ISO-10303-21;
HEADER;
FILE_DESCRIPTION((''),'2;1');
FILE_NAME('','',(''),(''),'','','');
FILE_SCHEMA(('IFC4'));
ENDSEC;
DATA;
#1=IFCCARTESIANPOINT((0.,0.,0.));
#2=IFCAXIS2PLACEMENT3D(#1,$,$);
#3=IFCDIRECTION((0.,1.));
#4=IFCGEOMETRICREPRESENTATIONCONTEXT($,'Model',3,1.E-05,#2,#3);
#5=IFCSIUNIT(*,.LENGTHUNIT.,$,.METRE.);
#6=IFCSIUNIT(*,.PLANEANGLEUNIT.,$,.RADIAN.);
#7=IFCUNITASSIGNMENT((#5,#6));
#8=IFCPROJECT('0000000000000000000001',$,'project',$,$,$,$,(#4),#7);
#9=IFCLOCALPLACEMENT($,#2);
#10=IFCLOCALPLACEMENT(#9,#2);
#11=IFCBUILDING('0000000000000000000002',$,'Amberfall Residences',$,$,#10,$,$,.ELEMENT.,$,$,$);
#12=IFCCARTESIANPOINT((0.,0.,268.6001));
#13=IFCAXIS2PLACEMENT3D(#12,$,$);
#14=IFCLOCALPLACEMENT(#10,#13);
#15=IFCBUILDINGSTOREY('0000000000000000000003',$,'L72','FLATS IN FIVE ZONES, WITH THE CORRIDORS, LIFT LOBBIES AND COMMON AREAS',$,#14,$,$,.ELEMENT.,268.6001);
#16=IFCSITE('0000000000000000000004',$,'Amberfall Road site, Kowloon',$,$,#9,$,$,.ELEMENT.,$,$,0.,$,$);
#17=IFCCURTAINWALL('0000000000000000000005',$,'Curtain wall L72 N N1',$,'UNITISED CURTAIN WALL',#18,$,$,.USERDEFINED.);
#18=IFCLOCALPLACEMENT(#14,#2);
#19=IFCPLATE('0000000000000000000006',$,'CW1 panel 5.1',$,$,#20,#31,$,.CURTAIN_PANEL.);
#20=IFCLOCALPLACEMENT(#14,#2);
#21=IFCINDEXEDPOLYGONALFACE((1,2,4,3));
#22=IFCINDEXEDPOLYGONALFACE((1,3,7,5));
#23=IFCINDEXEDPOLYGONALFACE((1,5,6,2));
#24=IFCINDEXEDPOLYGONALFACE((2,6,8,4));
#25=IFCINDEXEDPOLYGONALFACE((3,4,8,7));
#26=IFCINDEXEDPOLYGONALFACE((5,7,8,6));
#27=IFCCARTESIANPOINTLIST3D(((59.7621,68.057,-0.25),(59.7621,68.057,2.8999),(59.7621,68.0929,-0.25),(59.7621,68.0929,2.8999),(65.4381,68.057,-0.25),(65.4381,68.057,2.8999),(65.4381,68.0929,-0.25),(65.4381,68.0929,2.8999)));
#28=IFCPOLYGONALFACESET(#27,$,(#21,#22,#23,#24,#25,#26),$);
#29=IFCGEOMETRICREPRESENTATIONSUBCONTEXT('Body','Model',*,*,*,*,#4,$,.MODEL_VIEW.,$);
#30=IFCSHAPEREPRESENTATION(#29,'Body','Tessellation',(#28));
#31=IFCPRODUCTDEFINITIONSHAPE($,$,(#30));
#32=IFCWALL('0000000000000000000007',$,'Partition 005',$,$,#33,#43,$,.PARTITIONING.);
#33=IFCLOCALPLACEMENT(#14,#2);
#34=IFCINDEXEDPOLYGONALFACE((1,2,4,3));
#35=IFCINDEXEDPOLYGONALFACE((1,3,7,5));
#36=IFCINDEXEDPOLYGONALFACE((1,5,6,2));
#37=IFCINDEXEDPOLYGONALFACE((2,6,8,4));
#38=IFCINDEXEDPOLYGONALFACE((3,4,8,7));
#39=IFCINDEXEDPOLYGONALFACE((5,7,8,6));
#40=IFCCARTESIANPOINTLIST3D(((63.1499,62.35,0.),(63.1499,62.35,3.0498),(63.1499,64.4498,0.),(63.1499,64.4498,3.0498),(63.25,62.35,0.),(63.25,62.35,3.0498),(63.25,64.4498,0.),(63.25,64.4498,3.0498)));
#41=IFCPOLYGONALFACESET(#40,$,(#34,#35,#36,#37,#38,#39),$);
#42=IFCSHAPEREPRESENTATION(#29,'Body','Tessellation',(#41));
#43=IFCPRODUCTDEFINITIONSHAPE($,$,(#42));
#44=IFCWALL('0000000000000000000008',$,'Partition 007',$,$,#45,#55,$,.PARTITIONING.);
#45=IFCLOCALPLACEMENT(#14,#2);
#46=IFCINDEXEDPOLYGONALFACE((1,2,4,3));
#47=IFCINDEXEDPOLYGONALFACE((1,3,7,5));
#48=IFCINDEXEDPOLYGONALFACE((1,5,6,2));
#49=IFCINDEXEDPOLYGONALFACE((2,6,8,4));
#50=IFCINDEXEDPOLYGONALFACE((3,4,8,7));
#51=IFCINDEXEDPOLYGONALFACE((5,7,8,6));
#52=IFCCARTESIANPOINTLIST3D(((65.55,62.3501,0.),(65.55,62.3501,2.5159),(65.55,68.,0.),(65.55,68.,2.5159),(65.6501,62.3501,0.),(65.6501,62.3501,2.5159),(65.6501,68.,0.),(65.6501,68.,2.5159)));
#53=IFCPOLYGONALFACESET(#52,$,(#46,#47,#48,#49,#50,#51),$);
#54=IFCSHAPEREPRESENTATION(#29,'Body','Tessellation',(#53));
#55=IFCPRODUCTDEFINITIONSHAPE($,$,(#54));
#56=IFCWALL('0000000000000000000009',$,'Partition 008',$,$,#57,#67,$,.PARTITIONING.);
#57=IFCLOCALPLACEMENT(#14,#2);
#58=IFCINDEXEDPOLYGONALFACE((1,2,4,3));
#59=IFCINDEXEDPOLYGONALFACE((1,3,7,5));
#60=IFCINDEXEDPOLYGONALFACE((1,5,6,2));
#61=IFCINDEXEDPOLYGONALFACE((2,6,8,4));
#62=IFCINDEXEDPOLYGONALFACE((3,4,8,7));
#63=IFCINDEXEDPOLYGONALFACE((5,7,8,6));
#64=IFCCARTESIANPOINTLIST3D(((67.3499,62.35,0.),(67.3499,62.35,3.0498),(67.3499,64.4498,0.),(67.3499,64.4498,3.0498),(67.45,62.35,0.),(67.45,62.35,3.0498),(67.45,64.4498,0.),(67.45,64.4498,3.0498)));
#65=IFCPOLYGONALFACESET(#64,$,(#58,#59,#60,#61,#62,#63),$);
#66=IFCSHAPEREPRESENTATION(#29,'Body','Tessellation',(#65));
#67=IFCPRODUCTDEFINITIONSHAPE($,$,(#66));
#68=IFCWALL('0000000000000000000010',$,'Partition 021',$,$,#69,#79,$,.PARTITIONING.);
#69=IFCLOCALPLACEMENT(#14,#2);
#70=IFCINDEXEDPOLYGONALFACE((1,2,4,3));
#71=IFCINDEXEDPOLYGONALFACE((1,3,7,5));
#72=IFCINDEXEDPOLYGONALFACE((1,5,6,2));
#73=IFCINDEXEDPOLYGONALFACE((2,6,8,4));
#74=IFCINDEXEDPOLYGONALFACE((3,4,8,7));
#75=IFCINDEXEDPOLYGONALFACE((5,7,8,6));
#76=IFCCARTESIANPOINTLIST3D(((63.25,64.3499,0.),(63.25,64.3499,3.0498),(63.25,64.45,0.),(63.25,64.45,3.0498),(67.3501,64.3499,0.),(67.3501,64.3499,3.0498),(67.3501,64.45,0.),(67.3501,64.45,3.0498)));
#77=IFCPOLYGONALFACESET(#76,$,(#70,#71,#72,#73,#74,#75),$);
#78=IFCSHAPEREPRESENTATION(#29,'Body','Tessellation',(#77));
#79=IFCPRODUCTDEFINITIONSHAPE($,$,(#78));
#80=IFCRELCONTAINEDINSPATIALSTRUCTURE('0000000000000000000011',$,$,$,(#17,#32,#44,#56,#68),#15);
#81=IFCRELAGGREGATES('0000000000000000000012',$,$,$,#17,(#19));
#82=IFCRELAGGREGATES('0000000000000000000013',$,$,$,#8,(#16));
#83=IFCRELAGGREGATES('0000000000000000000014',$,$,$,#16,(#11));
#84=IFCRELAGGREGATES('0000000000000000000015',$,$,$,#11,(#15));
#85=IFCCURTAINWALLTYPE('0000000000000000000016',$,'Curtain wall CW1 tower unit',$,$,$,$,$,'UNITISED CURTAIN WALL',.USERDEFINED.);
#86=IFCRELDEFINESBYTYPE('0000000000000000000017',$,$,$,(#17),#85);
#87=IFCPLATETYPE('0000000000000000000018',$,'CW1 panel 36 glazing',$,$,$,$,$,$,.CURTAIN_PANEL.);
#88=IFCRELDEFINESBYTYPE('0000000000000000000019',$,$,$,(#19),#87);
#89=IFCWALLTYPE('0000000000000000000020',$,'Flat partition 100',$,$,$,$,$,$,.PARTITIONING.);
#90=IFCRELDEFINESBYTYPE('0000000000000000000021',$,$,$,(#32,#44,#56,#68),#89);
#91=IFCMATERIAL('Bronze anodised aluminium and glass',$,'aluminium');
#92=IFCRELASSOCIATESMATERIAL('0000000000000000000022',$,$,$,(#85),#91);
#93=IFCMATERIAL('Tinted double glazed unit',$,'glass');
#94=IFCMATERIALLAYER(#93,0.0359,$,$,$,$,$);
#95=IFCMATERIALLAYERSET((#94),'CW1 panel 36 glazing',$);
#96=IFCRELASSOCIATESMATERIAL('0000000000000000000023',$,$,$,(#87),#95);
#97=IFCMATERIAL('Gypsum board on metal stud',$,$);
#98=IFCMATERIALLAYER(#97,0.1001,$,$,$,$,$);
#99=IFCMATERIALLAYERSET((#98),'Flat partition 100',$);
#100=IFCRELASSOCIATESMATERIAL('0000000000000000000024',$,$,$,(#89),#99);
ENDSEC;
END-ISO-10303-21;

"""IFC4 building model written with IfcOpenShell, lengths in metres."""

from ifc_helpers import new_model, si_unit, direction, frame, frame_2d, origin, origin_2d, place, context, subcontext, project, spatial, rectangle, extrude, material, layer, layer_set, type_object, element, aggregate, save


model = new_model("IFC4")

# Units and contexts
model_context = context("Model", 3, precision=1e-05, world=origin(), true_north=direction((0.0, 1.0)))
body_context = subcontext(model_context, "Body", "Model", "MODEL_VIEW")
ifc_project = project(units=[si_unit("LENGTHUNIT", "METRE"), si_unit("PLANEANGLEUNIT", "RADIAN")], contexts=[model_context])

# Site, building, storey
site_placement = place(None, origin())
site = spatial("IfcSite", under=ifc_project, at=site_placement, Name="Amberfall Road site, Kowloon", CompositionType="ELEMENT", RefElevation=0.0)
building_placement = place(site_placement, origin())
building = spatial("IfcBuilding", under=site, at=building_placement, Name="Amberfall Residences", CompositionType="ELEMENT")
storey_placement = place(building_placement, frame((0.0, 0.0, 268.6001)))
storey = spatial("IfcBuildingStorey", under=building, at=storey_placement, Name="L72", Description="FLATS IN FIVE ZONES, WITH THE CORRIDORS, LIFT LOBBIES AND COMMON AREAS", CompositionType="ELEMENT", Elevation=268.6001)

# Curtain wall
ifc_material_1 = material(Name="Bronze anodised aluminium and glass", Category="aluminium")
curtain_wall_type = type_object("IfcCurtainWallType", Name="Curtain wall CW1 tower unit", ElementType="UNITISED CURTAIN WALL", PredefinedType="USERDEFINED", material=ifc_material_1)
curtain_wall_placement = place(storey_placement, origin())
curtain_wall = element("IfcCurtainWall", 1, at=curtain_wall_placement, inside=storey, type_object=curtain_wall_type, Name="Curtain wall L72 N N1", ObjectType="UNITISED CURTAIN WALL", PredefinedType="USERDEFINED")

# Plate
ifc_material_2 = material(Name="Tinted double glazed unit", Category="glass")
ifc_layer_1 = layer(ifc_material_2, 0.0359)
ifc_layer_set_1 = layer_set([ifc_layer_1], Name="CW1 panel 36 glazing")
plate_type = type_object("IfcPlateType", Name="CW1 panel 36 glazing", PredefinedType="CURTAIN_PANEL", material=ifc_layer_set_1)
plate_1_placement = place(storey_placement, frame((62.6001, 68.075, -0.25), z_axis=(0.0, 0.0, 1.0), x_axis=(-1.0, 0.0, 0.0)))
plate_1 = element("IfcPlate", 2, at=plate_1_placement, type_object=plate_type, Name="CW1 panel 5.1", PredefinedType="CURTAIN_PANEL", context=body_context, shape_type="SweptSolid", body=[
    extrude(rectangle(XDim=5.676, YDim=0.0359, at=origin_2d()), origin(), (0.0, 0.0, 1.0), 3.1499),
])
aggregate(curtain_wall, [plate_1])

# Walls
ifc_material_3 = material(Name="Gypsum board on metal stud")
ifc_layer_2 = layer(ifc_material_3, 0.1001)
ifc_layer_set_2 = layer_set([ifc_layer_2], Name="Flat partition 100")
wall_type_1 = type_object("IfcWallType", Name="Flat partition 100", PredefinedType="PARTITIONING", material=ifc_layer_set_2)
wall_1_placement = place(storey_placement, frame((63.2, 62.3501, 0.0), z_axis=(0.0, 0.0, 1.0), x_axis=(0.0, 1.0, 0.0)))
element("IfcWall", 3, at=wall_1_placement, inside=storey, type_object=wall_type_1, Name="Partition 005", PredefinedType="PARTITIONING", context=body_context, shape_type="SweptSolid", body=[
    extrude(rectangle(XDim=2.0999, YDim=0.1001, at=frame_2d((1.0498, 0.0))), origin(), (0.0, 0.0, 1.0), 3.0498),
])
wall_2_placement = place(storey_placement, frame((65.6001, 62.3501, 0.0), z_axis=(0.0, 0.0, 1.0), x_axis=(0.0, 1.0, 0.0)))
element("IfcWall", 4, at=wall_2_placement, inside=storey, type_object=wall_type_1, Name="Partition 007", PredefinedType="PARTITIONING", context=body_context, shape_type="SweptSolid", body=[
    extrude(rectangle(XDim=5.6499, YDim=0.1001, at=frame_2d((2.825, 0.0))), origin(), (0.0, 0.0, 1.0), 2.5159),
])
wall_3_placement = place(storey_placement, frame((67.3999, 62.3501, 0.0), z_axis=(0.0, 0.0, 1.0), x_axis=(0.0, 1.0, 0.0)))
element("IfcWall", 5, at=wall_3_placement, inside=storey, type_object=wall_type_1, Name="Partition 008", PredefinedType="PARTITIONING", context=body_context, shape_type="SweptSolid", body=[
    extrude(rectangle(XDim=2.0999, YDim=0.1001, at=frame_2d((1.0498, 0.0))), origin(), (0.0, 0.0, 1.0), 3.0498),
])
wall_4_placement = place(storey_placement, frame((63.25, 64.3999, 0.0), z_axis=(0.0, 0.0, 1.0), x_axis=(1.0, 0.0, 0.0)))
element("IfcWall", 6, at=wall_4_placement, inside=storey, type_object=wall_type_1, Name="Partition 021", PredefinedType="PARTITIONING", context=body_context, shape_type="SweptSolid", body=[
    extrude(rectangle(XDim=4.1001, YDim=0.1001, at=frame_2d((2.05, 0.0))), origin(), (0.0, 0.0, 1.0), 3.0498),
])

save(model, "model.ifc")
